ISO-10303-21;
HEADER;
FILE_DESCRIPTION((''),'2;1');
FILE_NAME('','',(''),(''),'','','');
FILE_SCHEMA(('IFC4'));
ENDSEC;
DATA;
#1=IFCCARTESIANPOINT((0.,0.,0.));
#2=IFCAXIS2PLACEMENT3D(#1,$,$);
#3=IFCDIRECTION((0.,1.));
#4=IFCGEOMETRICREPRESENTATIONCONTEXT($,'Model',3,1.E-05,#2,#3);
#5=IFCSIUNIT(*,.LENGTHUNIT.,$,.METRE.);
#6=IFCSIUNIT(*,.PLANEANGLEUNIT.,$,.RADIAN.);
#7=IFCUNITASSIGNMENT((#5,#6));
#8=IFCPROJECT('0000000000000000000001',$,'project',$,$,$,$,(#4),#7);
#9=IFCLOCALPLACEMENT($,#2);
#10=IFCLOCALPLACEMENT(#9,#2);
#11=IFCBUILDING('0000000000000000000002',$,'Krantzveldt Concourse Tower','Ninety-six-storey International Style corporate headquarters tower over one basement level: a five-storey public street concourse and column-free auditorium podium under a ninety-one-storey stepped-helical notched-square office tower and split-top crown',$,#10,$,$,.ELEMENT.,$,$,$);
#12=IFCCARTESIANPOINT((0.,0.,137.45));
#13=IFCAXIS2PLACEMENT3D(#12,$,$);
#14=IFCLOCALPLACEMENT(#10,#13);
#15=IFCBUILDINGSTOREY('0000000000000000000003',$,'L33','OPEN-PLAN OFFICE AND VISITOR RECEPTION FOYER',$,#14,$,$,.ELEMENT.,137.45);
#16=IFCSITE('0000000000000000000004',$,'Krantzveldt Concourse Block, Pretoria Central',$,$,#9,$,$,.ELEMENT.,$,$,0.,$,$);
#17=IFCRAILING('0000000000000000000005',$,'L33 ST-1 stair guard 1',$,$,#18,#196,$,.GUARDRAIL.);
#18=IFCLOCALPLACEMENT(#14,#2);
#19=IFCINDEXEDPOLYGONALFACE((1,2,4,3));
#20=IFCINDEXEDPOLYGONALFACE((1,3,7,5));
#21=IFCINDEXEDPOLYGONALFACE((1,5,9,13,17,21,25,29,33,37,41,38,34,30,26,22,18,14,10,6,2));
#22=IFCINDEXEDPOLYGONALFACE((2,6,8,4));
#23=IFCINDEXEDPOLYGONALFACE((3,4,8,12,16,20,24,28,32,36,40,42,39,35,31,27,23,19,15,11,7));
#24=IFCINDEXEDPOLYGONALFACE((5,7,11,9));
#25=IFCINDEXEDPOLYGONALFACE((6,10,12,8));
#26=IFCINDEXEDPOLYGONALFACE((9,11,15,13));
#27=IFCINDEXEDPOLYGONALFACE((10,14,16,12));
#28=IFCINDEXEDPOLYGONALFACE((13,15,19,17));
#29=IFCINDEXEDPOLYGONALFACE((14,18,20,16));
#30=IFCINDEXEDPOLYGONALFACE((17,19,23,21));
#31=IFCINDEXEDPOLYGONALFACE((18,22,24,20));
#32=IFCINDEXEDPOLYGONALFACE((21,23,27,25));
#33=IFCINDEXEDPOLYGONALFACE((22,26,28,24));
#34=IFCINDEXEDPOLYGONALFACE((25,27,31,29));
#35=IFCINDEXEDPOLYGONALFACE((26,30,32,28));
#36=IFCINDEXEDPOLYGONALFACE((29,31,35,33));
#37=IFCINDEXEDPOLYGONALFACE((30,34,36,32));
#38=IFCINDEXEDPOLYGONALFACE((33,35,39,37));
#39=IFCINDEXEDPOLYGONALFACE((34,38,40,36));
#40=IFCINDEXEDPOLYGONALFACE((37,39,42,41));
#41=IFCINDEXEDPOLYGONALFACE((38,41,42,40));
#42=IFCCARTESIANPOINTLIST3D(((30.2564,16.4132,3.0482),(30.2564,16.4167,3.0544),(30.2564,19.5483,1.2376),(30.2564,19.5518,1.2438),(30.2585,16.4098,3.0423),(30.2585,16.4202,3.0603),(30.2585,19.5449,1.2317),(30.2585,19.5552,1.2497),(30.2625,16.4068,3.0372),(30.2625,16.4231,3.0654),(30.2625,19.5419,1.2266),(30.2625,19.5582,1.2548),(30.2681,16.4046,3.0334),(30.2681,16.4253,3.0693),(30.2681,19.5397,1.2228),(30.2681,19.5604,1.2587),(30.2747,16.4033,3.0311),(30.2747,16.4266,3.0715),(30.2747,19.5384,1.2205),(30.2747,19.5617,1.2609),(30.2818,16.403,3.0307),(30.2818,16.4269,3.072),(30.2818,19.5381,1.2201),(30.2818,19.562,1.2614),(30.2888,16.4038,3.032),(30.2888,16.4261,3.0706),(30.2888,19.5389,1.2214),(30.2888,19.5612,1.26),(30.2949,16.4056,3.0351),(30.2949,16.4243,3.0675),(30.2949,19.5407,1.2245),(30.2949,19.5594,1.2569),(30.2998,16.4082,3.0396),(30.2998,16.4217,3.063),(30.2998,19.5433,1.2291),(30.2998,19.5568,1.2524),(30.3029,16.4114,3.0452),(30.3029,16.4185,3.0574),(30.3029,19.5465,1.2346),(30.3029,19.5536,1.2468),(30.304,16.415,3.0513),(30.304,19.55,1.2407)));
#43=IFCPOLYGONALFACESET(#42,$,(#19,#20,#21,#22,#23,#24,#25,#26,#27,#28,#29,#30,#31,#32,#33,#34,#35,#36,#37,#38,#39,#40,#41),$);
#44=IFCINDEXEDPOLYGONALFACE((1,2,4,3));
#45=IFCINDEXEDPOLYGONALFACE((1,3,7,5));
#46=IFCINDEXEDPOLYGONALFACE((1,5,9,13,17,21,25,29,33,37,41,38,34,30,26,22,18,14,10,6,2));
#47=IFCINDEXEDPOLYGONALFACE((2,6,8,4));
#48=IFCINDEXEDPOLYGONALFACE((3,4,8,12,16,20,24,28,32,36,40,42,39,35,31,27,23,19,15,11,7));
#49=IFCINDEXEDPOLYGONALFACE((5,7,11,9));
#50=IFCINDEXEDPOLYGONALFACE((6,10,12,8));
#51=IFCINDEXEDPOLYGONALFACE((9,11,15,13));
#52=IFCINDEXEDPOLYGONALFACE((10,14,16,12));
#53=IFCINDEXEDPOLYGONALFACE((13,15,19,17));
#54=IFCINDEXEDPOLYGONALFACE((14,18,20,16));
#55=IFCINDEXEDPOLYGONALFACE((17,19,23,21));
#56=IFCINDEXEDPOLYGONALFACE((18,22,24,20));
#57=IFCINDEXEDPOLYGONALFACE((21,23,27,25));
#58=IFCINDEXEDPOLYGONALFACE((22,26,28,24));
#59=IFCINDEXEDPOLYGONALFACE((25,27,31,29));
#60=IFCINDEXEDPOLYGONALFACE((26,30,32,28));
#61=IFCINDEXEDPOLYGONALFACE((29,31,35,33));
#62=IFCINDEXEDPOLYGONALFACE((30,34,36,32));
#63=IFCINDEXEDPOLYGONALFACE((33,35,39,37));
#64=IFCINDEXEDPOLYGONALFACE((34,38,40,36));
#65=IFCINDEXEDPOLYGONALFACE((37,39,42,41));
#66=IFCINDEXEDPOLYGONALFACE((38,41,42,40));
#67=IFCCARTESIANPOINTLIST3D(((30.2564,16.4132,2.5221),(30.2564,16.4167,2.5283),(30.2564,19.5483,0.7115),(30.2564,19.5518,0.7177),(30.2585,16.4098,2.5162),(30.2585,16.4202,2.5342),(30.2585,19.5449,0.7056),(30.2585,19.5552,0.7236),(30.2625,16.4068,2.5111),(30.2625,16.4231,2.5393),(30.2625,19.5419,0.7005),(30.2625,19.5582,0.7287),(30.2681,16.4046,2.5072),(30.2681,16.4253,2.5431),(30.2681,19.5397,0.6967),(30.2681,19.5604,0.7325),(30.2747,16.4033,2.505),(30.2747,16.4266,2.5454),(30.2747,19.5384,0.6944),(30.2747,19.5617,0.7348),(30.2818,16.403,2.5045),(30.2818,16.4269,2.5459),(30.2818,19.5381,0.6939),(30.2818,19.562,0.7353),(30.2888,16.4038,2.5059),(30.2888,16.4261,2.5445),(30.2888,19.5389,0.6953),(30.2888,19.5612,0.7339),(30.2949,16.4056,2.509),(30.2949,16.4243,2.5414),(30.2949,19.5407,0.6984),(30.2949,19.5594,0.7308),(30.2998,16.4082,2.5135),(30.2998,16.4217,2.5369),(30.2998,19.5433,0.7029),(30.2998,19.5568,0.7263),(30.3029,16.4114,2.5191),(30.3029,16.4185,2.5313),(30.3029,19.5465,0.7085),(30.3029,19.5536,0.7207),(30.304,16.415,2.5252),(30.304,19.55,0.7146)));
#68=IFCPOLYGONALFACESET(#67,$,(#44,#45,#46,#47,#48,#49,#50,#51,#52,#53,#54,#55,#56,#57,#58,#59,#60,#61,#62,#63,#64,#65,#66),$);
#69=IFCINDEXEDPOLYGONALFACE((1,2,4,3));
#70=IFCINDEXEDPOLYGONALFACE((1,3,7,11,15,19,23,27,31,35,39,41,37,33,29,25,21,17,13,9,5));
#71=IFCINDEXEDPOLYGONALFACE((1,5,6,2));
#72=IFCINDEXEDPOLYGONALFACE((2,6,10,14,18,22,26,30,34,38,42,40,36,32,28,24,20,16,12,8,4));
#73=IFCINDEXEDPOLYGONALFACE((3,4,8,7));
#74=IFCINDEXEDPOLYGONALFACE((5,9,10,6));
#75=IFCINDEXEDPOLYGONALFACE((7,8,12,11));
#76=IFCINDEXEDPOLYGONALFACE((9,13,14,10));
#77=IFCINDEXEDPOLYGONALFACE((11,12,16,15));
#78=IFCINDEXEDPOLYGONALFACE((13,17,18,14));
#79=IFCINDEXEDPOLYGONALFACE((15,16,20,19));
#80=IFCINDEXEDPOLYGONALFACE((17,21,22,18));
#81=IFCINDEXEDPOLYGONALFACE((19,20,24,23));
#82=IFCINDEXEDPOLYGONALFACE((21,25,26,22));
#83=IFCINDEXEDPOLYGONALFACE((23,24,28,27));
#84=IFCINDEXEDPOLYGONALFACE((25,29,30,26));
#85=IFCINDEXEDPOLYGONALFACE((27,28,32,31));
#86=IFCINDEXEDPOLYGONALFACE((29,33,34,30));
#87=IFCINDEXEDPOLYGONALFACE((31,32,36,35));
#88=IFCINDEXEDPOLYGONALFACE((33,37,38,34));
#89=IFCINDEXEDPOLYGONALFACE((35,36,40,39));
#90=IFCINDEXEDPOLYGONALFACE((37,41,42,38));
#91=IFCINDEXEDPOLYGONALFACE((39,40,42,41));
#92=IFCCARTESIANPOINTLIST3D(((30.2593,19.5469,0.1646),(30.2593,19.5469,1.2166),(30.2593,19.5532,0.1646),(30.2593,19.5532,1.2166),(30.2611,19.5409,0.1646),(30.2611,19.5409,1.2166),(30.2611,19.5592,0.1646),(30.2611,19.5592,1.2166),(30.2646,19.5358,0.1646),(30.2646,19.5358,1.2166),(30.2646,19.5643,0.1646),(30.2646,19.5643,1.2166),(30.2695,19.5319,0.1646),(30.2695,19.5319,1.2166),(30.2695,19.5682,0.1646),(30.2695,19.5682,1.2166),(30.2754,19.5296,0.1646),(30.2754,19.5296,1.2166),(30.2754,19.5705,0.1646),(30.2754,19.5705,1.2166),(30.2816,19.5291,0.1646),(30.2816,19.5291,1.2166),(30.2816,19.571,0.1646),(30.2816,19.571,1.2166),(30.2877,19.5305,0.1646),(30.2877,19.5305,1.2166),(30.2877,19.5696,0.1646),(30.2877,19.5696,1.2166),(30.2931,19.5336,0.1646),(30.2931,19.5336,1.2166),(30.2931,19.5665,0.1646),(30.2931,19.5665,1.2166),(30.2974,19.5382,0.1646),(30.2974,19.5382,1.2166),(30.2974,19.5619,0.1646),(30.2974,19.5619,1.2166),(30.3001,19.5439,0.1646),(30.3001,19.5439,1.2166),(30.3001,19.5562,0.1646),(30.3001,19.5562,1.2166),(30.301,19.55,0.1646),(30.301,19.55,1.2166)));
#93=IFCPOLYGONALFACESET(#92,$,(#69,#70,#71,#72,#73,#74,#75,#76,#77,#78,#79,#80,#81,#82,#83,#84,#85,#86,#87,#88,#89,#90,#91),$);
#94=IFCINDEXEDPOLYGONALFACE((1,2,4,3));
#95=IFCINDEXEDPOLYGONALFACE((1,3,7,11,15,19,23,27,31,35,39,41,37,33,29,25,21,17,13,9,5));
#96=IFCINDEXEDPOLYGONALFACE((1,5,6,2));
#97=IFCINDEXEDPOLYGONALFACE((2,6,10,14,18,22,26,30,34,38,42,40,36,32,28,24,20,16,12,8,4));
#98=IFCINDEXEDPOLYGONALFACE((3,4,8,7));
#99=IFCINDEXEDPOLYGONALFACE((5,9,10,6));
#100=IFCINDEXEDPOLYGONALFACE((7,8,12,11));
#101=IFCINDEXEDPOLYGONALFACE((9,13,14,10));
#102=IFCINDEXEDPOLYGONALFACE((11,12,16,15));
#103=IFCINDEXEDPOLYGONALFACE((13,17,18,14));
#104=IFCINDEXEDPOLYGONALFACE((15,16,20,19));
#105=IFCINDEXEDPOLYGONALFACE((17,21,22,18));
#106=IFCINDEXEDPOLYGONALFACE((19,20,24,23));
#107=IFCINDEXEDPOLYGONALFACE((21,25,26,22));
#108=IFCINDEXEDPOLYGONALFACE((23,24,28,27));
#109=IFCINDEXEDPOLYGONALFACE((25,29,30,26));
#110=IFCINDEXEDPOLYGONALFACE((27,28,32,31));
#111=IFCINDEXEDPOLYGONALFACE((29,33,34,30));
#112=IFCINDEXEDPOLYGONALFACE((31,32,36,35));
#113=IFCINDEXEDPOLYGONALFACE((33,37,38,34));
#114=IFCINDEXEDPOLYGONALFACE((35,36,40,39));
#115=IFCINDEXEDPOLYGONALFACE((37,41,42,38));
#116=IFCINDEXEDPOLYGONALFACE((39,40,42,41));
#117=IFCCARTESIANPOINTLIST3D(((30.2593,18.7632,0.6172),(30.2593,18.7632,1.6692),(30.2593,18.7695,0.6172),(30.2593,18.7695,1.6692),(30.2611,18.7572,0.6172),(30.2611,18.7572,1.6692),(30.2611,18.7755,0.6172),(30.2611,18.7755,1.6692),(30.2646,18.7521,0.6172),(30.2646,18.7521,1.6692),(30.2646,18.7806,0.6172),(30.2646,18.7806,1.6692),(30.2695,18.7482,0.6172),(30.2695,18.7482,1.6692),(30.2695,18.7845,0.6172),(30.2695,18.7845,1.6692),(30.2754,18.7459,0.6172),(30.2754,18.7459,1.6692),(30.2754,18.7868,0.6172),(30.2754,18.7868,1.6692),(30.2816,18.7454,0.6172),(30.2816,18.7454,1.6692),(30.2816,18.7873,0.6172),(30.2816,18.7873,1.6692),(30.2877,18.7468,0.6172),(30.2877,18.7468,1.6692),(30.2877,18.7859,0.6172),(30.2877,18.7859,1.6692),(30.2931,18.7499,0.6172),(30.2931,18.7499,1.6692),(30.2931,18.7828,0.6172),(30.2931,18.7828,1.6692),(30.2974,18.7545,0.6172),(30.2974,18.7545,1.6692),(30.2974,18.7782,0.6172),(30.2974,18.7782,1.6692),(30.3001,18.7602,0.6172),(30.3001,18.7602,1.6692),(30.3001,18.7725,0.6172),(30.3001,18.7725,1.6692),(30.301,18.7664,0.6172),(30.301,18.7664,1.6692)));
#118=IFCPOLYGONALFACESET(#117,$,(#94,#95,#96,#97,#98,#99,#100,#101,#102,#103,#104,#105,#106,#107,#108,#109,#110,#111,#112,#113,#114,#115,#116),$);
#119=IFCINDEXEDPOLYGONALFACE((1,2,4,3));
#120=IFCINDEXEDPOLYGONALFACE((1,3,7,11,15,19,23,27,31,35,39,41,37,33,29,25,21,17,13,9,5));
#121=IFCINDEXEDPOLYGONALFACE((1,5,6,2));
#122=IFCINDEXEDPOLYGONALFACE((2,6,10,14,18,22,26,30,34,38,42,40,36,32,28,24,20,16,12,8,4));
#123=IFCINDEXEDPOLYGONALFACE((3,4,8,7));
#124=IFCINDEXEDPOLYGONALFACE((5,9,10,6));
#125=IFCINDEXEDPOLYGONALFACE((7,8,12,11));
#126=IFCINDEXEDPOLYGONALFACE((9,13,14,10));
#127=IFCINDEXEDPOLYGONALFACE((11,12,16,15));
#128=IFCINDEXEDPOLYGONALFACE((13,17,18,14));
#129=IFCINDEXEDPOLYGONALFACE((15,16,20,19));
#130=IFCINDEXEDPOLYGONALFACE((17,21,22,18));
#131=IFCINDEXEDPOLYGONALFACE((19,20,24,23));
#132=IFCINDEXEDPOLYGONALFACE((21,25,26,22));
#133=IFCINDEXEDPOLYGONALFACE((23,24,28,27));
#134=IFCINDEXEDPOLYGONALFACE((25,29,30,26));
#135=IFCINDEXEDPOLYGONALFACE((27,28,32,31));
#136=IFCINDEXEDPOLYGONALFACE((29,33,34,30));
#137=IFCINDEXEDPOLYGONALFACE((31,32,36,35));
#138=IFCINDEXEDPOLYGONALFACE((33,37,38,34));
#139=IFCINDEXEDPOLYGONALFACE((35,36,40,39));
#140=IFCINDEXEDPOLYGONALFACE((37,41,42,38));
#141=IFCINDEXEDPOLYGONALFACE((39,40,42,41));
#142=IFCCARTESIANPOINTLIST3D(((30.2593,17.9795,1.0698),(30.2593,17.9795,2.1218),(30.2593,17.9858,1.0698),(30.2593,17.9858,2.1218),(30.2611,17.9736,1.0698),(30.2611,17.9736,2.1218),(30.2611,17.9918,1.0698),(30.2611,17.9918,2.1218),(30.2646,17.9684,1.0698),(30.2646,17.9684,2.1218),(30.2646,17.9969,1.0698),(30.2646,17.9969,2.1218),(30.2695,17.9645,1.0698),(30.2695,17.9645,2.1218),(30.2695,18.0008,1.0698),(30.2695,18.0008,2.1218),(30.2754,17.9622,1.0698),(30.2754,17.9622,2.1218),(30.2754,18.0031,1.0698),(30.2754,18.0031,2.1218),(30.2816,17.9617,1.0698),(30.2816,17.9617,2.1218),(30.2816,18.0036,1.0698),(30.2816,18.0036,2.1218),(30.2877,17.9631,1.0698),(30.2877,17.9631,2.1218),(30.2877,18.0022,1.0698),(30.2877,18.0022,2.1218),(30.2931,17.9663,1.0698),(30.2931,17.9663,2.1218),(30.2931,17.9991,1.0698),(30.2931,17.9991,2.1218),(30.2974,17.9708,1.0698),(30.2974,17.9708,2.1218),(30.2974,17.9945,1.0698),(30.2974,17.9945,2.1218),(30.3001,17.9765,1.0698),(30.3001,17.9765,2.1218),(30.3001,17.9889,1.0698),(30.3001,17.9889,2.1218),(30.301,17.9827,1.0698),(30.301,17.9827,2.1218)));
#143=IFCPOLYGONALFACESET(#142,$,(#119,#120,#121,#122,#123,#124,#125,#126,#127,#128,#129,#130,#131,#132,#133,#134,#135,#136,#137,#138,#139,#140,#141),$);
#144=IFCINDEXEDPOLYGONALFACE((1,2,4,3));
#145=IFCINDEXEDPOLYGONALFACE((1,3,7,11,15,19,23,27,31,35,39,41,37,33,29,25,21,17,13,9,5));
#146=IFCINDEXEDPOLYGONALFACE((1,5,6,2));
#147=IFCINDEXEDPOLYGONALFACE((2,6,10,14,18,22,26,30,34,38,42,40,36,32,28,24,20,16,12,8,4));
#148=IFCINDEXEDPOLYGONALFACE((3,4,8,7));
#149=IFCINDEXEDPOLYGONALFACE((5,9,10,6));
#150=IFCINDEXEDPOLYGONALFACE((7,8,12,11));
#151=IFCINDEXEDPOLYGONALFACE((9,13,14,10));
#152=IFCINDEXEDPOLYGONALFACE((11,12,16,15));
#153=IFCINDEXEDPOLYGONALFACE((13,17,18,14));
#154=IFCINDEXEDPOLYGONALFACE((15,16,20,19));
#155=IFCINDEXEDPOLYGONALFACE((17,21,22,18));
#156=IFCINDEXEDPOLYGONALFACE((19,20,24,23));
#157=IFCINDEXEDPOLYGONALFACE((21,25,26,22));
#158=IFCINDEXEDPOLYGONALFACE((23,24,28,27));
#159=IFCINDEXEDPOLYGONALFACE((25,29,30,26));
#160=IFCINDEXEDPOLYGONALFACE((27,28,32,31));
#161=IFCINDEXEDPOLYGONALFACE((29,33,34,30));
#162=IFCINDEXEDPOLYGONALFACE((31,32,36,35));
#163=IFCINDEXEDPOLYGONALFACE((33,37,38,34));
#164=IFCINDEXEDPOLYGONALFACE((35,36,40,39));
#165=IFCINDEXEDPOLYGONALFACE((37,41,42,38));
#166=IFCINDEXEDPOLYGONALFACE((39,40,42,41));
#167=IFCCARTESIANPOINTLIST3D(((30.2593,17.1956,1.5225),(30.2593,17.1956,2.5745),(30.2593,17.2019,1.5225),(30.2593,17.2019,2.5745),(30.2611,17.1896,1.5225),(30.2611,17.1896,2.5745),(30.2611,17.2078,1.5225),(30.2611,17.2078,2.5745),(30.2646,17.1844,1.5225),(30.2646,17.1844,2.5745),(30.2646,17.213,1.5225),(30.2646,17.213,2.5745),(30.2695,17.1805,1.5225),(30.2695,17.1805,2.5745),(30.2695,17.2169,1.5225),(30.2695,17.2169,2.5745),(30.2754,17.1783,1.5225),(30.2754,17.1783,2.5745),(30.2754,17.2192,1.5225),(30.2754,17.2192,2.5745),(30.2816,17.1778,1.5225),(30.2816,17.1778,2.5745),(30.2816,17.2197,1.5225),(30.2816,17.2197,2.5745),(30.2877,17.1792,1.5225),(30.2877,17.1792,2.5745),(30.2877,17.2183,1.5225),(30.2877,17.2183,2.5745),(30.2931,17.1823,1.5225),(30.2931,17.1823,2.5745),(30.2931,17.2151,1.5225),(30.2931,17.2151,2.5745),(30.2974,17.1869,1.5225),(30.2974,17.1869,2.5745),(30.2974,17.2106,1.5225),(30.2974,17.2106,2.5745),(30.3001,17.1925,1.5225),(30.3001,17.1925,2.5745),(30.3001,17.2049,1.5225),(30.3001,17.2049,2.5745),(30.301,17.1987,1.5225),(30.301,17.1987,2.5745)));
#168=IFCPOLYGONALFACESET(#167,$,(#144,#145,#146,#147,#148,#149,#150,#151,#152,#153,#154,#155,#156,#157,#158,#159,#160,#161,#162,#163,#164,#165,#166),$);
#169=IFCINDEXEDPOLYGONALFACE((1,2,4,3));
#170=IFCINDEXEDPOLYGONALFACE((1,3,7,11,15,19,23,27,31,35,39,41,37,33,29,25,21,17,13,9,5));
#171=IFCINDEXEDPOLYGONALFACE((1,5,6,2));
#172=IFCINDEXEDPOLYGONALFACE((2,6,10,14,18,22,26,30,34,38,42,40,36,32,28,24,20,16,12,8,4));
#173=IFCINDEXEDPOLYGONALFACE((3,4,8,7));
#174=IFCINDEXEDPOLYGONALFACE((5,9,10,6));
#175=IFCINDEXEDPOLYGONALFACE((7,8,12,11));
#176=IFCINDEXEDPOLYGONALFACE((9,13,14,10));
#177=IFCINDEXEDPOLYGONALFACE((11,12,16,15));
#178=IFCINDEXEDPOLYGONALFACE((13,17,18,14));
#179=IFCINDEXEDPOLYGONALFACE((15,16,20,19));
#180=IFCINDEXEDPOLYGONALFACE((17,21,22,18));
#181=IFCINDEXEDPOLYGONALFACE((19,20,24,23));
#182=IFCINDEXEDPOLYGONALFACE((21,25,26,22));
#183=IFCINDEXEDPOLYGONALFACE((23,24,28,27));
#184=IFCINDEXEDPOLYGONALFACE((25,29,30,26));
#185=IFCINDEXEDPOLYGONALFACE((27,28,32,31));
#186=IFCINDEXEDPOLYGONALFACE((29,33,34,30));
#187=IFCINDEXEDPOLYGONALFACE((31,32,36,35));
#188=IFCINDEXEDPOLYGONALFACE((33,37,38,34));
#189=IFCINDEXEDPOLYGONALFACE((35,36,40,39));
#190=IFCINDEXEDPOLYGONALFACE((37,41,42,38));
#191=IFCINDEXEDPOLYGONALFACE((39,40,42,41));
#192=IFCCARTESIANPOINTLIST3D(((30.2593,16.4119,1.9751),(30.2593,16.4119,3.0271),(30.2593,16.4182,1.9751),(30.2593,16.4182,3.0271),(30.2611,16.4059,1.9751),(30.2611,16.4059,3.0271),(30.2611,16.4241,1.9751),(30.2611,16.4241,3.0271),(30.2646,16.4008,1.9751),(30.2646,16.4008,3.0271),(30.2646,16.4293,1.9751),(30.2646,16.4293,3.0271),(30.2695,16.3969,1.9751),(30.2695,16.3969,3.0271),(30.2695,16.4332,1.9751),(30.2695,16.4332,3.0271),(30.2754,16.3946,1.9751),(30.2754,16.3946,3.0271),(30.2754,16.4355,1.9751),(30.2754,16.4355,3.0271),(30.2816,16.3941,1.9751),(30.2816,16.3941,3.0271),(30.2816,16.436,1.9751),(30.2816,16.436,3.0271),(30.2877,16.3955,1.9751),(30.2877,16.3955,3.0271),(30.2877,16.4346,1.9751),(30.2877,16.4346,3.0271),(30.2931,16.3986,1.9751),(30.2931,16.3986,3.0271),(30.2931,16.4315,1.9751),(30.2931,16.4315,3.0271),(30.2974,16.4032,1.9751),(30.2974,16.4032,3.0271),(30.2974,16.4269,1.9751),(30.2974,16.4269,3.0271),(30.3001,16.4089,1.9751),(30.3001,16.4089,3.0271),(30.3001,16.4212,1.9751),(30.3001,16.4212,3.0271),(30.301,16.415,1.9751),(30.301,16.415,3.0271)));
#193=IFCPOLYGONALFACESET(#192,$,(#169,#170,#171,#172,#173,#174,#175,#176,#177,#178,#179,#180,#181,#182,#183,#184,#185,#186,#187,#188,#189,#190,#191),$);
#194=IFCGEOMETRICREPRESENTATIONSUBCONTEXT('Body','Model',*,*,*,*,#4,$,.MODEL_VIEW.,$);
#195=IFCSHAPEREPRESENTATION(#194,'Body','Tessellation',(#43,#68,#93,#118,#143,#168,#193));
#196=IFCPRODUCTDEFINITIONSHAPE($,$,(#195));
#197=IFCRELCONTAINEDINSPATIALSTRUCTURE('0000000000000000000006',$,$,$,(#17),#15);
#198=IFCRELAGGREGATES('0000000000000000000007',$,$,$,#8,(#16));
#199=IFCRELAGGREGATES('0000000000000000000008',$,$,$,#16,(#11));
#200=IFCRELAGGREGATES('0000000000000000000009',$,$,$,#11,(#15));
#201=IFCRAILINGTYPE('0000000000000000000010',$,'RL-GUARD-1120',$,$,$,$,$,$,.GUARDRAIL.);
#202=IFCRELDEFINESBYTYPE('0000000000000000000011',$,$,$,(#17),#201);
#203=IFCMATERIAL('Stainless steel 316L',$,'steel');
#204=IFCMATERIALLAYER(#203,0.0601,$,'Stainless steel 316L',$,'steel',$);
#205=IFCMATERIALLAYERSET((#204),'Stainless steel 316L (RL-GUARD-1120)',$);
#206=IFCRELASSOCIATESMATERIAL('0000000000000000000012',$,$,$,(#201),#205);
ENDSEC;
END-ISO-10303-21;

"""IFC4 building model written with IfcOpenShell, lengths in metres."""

from ifc_helpers import new_model, si_unit, direction, frame, origin, origin_2d, place, context, subcontext, project, spatial, circle, extrude, material, layer, layer_set, type_object, element, save


model = new_model("IFC4")

# Units and contexts
model_context = context("Model", 3, precision=1e-05, world=origin(), true_north=direction((0.0, 1.0)))
body_context = subcontext(model_context, "Body", "Model", "MODEL_VIEW")
ifc_project = project(units=[si_unit("LENGTHUNIT", "METRE"), si_unit("PLANEANGLEUNIT", "RADIAN")], contexts=[model_context])

# Site, building, storey
site_placement = place(None, origin())
site = spatial("IfcSite", under=ifc_project, at=site_placement, Name="Krantzveldt Concourse Block, Pretoria Central", CompositionType="ELEMENT", RefElevation=0.0)
building_placement = place(site_placement, origin())
building = spatial("IfcBuilding", under=site, at=building_placement, Name="Krantzveldt Concourse Tower", Description="Ninety-six-storey International Style corporate headquarters tower over one basement level: a five-storey public street concourse and column-free auditorium podium under a ninety-one-storey stepped-helical notched-square office tower and split-top crown", CompositionType="ELEMENT")
storey_placement = place(building_placement, frame((0.0, 0.0, 137.45)))
storey = spatial("IfcBuildingStorey", under=building, at=storey_placement, Name="L33", Description="OPEN-PLAN OFFICE AND VISITOR RECEPTION FOYER", CompositionType="ELEMENT", Elevation=137.45)

# Shared definitions
ifc_material_1 = material(Name="Stainless steel 316L", Category="steel")

# Railing
ifc_layer_1 = layer(ifc_material_1, 0.0601, Name="Stainless steel 316L", Category="steel")
ifc_layer_set_1 = layer_set([ifc_layer_1], Name="Stainless steel 316L (RL-GUARD-1120)")
railing_type_1 = type_object("IfcRailingType", Name="RL-GUARD-1120", PredefinedType="GUARDRAIL", material=ifc_layer_set_1)
railing_1_placement = place(storey_placement, frame((30.28, 19.55, 0.1646)))
element("IfcRailing", 1, at=railing_1_placement, inside=storey, type_object=railing_type_1, Name="L33 ST-1 stair guard 1", PredefinedType="GUARDRAIL", context=body_context, shape_type="SweptSolid", body=[
    extrude(circle(Radius=0.0239, at=origin_2d()), frame((0.0, 0.0, 1.0762), z_axis=(0.0, -0.86596, 0.500114), x_axis=(1.0, 0.0, 0.0)), (0.0, 0.0, 1.0), 3.6204),
    extrude(circle(Radius=0.0239, at=origin_2d()), frame((0.0, 0.0, 0.55), z_axis=(0.0, -0.86596, 0.500114), x_axis=(1.0, 0.0, 0.0)), (0.0, 0.0, 1.0), 3.6204),
    extrude(circle(Radius=0.021, at=origin_2d()), origin(), (0.0, 0.0, 1.0), 1.052),
    extrude(circle(Radius=0.021, at=origin_2d()), frame((0.0, -0.7837, 0.4526)), (0.0, 0.0, 1.0), 1.052),
    extrude(circle(Radius=0.021, at=origin_2d()), frame((0.0, -1.5674, 0.9053)), (0.0, 0.0, 1.0), 1.052),
    extrude(circle(Radius=0.021, at=origin_2d()), frame((0.0, -2.3513, 1.3579)), (0.0, 0.0, 1.0), 1.052),
    extrude(circle(Radius=0.021, at=origin_2d()), frame((0.0, -3.135, 1.8105)), (0.0, 0.0, 1.0), 1.052),
])

save(model, "model.ifc")
